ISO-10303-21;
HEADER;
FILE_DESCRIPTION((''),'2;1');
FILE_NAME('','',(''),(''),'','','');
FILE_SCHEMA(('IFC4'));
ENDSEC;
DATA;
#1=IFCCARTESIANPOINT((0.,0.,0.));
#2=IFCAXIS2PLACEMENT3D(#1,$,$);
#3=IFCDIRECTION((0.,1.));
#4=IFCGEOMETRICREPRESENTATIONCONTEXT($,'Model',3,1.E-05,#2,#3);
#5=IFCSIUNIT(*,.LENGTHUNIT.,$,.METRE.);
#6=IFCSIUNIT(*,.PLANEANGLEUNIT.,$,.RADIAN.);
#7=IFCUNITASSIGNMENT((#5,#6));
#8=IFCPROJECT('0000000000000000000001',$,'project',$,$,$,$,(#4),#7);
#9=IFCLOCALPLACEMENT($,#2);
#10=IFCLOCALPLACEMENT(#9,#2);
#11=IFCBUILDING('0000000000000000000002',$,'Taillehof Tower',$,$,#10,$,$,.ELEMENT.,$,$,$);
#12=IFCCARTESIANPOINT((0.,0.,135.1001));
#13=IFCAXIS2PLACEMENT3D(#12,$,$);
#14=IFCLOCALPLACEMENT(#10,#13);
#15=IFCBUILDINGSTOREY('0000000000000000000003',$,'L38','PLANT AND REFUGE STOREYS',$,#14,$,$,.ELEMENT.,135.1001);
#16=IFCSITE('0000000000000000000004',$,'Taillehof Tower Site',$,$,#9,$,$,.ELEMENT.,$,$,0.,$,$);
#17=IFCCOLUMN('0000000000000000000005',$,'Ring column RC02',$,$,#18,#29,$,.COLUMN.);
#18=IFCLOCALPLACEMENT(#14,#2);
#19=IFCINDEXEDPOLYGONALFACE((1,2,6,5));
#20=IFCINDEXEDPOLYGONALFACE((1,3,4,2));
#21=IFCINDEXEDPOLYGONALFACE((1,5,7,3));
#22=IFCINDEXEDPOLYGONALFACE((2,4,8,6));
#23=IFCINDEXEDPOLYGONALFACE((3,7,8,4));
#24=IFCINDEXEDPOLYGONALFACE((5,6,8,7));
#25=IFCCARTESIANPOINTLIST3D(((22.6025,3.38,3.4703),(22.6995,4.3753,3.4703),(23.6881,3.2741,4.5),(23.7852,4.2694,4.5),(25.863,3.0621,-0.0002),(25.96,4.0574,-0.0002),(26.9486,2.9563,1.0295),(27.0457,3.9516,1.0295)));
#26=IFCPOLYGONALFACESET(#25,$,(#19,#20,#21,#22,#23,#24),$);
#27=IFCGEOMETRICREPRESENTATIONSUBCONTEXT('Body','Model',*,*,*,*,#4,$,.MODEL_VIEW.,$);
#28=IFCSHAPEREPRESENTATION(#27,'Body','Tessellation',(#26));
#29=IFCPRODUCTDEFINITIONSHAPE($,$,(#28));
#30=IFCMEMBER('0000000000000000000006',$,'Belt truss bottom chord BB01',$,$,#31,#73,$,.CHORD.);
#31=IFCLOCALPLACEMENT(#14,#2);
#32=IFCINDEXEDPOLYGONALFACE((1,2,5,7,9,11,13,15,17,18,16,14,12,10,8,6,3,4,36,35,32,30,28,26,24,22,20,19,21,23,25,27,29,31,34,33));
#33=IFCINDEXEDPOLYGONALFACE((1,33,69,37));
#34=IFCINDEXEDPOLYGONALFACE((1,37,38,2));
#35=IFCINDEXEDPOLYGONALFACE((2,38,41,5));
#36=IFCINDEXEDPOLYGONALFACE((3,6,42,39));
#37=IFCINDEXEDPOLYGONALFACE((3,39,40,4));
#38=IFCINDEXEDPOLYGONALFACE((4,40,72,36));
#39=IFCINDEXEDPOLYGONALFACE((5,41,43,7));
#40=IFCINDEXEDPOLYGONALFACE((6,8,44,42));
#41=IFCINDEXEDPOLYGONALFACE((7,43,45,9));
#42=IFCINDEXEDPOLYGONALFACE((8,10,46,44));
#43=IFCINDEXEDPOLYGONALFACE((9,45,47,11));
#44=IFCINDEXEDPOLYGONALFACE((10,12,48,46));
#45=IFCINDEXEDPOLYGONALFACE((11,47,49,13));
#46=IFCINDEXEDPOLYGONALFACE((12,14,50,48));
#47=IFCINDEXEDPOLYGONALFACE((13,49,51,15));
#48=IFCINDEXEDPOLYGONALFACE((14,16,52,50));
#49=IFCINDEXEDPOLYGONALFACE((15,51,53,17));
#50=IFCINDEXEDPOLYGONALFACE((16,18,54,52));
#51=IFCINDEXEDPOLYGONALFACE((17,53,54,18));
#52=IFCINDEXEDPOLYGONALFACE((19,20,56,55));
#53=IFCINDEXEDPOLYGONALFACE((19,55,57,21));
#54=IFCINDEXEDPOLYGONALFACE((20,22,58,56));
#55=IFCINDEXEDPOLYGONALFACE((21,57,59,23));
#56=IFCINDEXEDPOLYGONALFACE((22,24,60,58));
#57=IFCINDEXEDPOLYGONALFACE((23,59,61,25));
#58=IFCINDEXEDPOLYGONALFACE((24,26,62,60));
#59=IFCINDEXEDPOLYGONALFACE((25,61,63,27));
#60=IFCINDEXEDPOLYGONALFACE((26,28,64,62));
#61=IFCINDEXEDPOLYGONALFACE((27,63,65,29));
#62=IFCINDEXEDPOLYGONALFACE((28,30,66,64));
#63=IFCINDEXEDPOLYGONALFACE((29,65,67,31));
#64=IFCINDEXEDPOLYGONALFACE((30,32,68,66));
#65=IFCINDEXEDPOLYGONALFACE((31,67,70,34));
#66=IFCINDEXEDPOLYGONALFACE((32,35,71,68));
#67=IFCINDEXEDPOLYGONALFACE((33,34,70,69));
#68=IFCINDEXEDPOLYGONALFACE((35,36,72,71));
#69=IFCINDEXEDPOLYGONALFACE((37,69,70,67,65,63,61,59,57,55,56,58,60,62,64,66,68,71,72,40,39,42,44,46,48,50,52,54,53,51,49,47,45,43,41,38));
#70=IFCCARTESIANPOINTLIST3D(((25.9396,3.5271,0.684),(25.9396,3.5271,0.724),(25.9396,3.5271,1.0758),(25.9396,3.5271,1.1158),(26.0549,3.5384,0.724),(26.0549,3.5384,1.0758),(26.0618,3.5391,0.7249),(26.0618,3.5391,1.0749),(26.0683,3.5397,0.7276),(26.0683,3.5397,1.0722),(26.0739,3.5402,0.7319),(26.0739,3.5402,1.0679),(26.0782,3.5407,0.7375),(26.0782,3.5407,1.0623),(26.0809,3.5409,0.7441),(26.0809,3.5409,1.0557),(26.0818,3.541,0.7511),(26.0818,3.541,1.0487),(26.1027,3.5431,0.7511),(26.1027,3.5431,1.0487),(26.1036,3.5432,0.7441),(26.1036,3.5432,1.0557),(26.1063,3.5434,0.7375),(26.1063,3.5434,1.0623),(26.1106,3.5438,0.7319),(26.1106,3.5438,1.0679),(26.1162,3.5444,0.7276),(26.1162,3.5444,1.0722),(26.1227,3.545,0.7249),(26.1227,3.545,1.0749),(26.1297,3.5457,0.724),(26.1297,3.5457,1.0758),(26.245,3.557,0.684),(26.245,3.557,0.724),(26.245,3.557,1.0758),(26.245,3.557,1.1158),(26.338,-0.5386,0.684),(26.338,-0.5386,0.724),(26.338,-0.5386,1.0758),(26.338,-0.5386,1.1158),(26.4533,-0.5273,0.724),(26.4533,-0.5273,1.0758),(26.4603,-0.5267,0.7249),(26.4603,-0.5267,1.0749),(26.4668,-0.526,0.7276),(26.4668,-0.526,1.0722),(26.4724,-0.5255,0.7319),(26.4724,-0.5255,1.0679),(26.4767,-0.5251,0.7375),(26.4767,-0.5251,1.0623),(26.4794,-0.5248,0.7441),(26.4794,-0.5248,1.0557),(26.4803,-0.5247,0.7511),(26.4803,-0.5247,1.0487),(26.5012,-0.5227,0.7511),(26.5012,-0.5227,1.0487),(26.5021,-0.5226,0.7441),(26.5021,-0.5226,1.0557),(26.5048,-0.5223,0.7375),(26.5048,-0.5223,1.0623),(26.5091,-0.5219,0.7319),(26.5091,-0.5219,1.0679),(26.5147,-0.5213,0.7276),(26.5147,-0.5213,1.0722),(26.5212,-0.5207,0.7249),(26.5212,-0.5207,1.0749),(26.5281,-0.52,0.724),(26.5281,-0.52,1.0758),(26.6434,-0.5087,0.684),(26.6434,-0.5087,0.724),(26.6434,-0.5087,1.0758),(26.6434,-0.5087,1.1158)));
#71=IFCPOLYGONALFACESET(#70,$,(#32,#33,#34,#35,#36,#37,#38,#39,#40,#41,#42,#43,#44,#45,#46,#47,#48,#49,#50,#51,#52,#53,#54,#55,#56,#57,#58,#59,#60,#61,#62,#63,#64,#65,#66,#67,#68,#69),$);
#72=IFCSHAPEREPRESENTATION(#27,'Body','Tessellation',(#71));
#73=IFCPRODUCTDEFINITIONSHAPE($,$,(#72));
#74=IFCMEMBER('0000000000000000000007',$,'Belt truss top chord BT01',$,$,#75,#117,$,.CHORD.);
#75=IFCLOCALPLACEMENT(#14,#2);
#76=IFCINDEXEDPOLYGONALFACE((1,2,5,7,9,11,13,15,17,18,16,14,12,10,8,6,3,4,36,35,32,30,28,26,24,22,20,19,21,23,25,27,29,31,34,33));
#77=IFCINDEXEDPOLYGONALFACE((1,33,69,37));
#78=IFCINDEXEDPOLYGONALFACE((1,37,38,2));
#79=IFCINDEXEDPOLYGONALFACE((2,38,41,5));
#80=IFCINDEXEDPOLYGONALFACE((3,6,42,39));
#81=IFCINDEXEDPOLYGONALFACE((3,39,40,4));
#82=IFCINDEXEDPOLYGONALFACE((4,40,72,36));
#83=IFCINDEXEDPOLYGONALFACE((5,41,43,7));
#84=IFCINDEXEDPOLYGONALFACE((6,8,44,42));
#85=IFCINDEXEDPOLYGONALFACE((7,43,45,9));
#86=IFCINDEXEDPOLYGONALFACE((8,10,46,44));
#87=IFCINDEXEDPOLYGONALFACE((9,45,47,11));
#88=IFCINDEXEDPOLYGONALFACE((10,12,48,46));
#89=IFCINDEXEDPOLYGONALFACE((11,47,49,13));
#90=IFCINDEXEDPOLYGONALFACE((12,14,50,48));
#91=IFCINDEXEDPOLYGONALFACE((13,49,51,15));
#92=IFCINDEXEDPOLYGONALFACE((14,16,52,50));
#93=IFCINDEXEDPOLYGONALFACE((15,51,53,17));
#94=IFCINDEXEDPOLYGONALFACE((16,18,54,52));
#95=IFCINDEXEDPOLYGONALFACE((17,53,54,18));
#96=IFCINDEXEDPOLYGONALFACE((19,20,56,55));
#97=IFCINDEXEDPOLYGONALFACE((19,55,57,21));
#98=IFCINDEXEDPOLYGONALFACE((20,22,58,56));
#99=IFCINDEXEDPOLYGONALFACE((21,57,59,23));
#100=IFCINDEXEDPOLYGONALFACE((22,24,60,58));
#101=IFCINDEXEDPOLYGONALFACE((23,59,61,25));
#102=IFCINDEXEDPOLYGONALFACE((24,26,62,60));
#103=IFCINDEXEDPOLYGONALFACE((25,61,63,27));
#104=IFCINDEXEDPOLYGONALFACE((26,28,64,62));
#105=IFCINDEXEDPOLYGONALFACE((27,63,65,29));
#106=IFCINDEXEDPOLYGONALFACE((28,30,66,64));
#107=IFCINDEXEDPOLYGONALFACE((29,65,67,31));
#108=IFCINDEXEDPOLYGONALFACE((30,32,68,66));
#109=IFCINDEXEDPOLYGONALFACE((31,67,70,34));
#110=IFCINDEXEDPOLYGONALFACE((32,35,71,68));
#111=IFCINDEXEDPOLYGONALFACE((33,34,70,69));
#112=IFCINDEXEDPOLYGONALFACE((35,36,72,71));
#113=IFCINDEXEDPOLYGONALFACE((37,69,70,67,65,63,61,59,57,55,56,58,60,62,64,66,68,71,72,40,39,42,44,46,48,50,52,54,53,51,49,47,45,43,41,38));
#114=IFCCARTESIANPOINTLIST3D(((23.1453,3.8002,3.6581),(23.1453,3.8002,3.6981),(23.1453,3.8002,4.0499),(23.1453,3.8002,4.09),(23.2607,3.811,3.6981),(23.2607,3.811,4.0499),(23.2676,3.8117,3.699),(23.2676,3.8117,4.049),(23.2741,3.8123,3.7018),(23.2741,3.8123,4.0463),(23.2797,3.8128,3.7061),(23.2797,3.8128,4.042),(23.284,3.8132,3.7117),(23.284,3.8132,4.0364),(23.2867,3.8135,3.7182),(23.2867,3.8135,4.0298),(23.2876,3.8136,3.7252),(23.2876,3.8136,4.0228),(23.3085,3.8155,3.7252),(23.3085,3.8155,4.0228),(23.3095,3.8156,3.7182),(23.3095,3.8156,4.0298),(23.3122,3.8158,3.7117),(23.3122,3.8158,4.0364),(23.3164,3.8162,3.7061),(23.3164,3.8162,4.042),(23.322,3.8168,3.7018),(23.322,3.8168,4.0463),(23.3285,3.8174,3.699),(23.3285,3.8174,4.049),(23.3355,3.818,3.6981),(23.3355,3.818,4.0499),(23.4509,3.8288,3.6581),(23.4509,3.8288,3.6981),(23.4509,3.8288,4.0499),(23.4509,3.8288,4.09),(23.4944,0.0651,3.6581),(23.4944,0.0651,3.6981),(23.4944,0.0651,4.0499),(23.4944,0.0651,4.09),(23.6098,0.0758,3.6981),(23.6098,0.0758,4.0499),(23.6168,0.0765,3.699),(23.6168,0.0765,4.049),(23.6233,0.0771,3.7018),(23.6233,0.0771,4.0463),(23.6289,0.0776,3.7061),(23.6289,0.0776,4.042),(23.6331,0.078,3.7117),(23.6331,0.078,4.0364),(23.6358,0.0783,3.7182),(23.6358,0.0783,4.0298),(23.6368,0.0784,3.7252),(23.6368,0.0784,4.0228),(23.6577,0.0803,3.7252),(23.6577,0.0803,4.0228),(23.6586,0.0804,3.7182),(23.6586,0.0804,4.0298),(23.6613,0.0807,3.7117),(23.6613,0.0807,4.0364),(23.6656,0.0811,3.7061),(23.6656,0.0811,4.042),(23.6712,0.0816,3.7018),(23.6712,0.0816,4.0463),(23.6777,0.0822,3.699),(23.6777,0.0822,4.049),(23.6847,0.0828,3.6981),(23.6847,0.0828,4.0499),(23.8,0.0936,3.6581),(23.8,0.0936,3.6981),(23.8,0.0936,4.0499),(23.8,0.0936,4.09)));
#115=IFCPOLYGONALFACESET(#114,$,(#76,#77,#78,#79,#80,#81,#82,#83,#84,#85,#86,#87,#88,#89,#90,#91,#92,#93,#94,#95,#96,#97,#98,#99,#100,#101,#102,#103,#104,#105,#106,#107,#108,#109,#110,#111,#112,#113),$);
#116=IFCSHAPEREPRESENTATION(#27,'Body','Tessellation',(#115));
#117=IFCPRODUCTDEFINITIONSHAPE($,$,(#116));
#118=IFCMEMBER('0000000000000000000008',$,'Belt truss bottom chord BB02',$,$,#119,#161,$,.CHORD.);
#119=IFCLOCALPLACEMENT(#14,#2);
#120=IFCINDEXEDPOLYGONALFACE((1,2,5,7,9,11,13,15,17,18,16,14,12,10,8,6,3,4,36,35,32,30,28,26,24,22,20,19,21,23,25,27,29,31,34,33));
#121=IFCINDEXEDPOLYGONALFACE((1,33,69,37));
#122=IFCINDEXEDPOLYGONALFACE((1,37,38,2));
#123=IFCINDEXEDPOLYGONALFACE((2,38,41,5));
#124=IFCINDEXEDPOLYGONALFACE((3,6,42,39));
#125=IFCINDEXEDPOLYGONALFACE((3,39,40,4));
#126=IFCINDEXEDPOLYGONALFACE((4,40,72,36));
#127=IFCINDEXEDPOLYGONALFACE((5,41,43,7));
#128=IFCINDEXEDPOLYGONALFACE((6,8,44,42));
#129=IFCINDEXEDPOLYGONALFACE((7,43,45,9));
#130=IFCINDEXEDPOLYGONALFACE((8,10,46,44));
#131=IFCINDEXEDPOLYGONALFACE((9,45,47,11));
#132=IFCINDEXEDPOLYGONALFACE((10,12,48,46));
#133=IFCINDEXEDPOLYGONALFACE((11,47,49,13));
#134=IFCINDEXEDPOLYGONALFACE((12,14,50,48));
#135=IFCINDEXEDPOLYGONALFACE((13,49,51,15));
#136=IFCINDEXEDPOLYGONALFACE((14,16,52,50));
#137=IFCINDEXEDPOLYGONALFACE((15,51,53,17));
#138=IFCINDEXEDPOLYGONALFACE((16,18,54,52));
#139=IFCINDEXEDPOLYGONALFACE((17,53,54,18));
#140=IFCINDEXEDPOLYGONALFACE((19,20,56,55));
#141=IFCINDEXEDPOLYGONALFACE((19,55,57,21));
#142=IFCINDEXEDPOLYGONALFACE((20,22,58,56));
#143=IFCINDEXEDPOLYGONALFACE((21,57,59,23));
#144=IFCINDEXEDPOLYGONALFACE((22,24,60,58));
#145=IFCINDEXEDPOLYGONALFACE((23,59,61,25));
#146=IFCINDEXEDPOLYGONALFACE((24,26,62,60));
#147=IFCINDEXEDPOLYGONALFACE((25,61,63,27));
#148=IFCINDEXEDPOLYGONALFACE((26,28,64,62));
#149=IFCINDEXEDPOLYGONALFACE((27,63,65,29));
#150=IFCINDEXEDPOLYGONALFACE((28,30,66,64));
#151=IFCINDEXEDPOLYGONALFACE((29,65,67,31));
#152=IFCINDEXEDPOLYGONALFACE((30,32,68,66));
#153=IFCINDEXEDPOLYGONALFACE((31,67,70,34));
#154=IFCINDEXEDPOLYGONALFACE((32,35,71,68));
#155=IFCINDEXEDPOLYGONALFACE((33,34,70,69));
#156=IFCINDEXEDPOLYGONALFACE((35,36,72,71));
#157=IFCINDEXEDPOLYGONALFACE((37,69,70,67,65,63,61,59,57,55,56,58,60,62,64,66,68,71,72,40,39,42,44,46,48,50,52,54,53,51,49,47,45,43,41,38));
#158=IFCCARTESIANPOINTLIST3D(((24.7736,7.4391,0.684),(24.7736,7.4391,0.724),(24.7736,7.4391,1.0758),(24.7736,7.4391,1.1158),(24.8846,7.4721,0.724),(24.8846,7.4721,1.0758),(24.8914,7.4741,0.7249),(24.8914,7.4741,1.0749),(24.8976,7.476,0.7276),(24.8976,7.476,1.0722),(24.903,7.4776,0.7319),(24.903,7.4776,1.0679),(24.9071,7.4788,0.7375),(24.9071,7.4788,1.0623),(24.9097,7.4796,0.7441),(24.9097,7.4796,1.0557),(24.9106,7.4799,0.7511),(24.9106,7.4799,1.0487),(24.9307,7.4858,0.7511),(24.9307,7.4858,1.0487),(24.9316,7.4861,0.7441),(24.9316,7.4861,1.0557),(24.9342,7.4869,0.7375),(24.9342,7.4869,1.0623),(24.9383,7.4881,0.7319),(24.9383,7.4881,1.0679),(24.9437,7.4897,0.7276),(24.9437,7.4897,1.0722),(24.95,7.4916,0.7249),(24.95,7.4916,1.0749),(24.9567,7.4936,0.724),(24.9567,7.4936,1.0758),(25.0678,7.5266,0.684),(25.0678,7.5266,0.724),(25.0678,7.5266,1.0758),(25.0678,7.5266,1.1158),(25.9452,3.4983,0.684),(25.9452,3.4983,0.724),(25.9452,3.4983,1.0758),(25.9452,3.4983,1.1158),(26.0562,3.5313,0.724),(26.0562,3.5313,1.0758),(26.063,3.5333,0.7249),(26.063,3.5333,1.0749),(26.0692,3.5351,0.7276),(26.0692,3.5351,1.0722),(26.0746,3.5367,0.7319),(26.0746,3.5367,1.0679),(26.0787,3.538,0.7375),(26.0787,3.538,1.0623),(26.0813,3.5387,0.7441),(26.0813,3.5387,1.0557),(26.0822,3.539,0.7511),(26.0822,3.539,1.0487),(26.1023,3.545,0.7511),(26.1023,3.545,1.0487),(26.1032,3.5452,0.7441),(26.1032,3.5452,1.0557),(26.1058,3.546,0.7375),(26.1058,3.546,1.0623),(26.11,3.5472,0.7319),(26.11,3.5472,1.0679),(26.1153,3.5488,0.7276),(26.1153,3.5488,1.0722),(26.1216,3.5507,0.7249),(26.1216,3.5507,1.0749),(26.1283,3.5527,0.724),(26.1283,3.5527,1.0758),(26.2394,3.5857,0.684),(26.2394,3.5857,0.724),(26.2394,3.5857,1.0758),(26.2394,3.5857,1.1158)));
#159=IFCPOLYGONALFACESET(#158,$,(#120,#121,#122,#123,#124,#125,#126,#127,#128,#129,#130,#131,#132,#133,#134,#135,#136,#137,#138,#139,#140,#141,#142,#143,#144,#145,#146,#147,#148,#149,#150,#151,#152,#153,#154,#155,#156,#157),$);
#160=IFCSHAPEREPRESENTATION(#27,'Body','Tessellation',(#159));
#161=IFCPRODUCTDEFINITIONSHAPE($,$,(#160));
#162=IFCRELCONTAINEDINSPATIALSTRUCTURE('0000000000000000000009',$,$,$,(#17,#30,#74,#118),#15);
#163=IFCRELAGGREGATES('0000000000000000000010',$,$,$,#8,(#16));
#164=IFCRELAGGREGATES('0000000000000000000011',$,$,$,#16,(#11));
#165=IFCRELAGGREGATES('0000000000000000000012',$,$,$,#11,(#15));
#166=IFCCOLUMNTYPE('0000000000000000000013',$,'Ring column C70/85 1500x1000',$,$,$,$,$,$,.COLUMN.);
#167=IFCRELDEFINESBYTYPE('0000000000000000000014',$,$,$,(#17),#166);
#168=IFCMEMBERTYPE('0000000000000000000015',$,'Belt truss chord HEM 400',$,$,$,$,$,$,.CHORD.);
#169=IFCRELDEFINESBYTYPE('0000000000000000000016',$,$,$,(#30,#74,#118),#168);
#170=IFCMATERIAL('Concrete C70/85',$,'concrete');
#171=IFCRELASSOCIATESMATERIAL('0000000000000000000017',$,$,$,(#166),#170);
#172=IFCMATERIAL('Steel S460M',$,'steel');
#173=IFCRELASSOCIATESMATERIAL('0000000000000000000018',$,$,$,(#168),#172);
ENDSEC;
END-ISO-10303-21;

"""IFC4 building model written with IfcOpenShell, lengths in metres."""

from ifc_helpers import new_model, si_unit, direction, frame, origin, origin_2d, place, context, subcontext, project, spatial, rectangle, i_section, extrude, material, material_profile, profile_set, type_object, element, save


model = new_model("IFC4")

# Units and contexts
model_context = context("Model", 3, precision=1e-05, world=origin(), true_north=direction((0.0, 1.0)))
body_context = subcontext(model_context, "Body", "Model", "MODEL_VIEW")
ifc_project = project(units=[si_unit("LENGTHUNIT", "METRE"), si_unit("PLANEANGLEUNIT", "RADIAN")], contexts=[model_context])

# Site, building, storey
site_placement = place(None, origin())
site = spatial("IfcSite", under=ifc_project, at=site_placement, Name="Taillehof Tower Site", CompositionType="ELEMENT", RefElevation=0.0)
building_placement = place(site_placement, origin())
building = spatial("IfcBuilding", under=site, at=building_placement, Name="Taillehof Tower", CompositionType="ELEMENT")
storey_placement = place(building_placement, frame((0.0, 0.0, 135.1001)))
storey = spatial("IfcBuildingStorey", under=building, at=storey_placement, Name="L38", Description="PLANT AND REFUGE STOREYS", CompositionType="ELEMENT", Elevation=135.1001)

# Column
ifc_material_1 = material(Name="Concrete C70/85", Category="concrete")
ifc_material_profile_1 = material_profile(ifc_material_1, rectangle(XDim=1.5, YDim=1.0, at=origin_2d()), Name="RC 1500x1000")
ifc_profile_set_1 = profile_set([ifc_material_profile_1], Name="Concrete C70/85")
column_type = type_object("IfcColumnType", Name="Ring column C70/85 1500x1000", PredefinedType="COLUMN", material=ifc_profile_set_1)
column_placement = place(storey_placement, frame((26.4543, 3.5068, 0.5146), z_axis=(-0.683196, 0.066606, 0.727191), x_axis=(0.723759, -0.07056, 0.686435)))
element("IfcColumn", 1, at=column_placement, inside=storey, type_object=column_type, Name="Ring column RC02", PredefinedType="COLUMN", context=body_context, shape_type="SweptSolid", body=[
    extrude(rectangle(XDim=1.5, YDim=1.0, at=origin_2d()), origin(), (0.0, 0.0, 1.0), 4.7725),
])

# Members
ifc_material_2 = material(Name="Steel S460M", Category="steel")
ifc_material_profile_2 = material_profile(ifc_material_2, i_section(OverallWidth=0.3069, OverallDepth=0.4319, WebThickness=0.021, FlangeThickness=0.04, FilletRadius=0.0271, at=origin_2d()), Name="HEM 400")
ifc_profile_set_2 = profile_set([ifc_material_profile_2], Name="Steel S460M")
member_type_1 = type_object("IfcMemberType", Name="Belt truss chord HEM 400", PredefinedType="CHORD", material=ifc_profile_set_2)
member_1_placement = place(storey_placement, frame((26.4907, -0.5237, 0.8999), z_axis=(-0.097533, 0.995232, 0.0), x_axis=(-0.995232, -0.097533, 0.0)))
element("IfcMember", 2, at=member_1_placement, inside=storey, type_object=member_type_1, Name="Belt truss bottom chord BB01", PredefinedType="CHORD", context=body_context, shape_type="SweptSolid", body=[
    extrude(i_section(OverallWidth=0.3069, OverallDepth=0.4319, WebThickness=0.021, FlangeThickness=0.04, FilletRadius=0.0271, at=origin_2d()), origin(), (0.0, 0.0, 1.0), 4.0852),
])
member_2_placement = place(storey_placement, frame((23.6472, 0.0793, 3.874), z_axis=(-0.093065, 0.99566, 0.0), x_axis=(-0.99566, -0.093065, 0.0)))
element("IfcMember", 3, at=member_2_placement, inside=storey, type_object=member_type_1, Name="Belt truss top chord BT01", PredefinedType="CHORD", context=body_context, shape_type="SweptSolid", body=[
    extrude(i_section(OverallWidth=0.3069, OverallDepth=0.4319, WebThickness=0.021, FlangeThickness=0.04, FilletRadius=0.0271, at=origin_2d()), origin(), (0.0, 0.0, 1.0), 3.7515),
])
member_3_placement = place(storey_placement, frame((26.0923, 3.542, 0.8999), z_axis=(-0.284972, 0.958536, 0.0), x_axis=(-0.958536, -0.284972, 0.0)))
element("IfcMember", 4, at=member_3_placement, inside=storey, type_object=member_type_1, Name="Belt truss bottom chord BB02", PredefinedType="CHORD", context=body_context, shape_type="SweptSolid", body=[
    extrude(i_section(OverallWidth=0.3069, OverallDepth=0.4319, WebThickness=0.021, FlangeThickness=0.04, FilletRadius=0.0271, at=origin_2d()), origin(), (0.0, 0.0, 1.0), 4.1113),
])

save(model, "model.ifc")
